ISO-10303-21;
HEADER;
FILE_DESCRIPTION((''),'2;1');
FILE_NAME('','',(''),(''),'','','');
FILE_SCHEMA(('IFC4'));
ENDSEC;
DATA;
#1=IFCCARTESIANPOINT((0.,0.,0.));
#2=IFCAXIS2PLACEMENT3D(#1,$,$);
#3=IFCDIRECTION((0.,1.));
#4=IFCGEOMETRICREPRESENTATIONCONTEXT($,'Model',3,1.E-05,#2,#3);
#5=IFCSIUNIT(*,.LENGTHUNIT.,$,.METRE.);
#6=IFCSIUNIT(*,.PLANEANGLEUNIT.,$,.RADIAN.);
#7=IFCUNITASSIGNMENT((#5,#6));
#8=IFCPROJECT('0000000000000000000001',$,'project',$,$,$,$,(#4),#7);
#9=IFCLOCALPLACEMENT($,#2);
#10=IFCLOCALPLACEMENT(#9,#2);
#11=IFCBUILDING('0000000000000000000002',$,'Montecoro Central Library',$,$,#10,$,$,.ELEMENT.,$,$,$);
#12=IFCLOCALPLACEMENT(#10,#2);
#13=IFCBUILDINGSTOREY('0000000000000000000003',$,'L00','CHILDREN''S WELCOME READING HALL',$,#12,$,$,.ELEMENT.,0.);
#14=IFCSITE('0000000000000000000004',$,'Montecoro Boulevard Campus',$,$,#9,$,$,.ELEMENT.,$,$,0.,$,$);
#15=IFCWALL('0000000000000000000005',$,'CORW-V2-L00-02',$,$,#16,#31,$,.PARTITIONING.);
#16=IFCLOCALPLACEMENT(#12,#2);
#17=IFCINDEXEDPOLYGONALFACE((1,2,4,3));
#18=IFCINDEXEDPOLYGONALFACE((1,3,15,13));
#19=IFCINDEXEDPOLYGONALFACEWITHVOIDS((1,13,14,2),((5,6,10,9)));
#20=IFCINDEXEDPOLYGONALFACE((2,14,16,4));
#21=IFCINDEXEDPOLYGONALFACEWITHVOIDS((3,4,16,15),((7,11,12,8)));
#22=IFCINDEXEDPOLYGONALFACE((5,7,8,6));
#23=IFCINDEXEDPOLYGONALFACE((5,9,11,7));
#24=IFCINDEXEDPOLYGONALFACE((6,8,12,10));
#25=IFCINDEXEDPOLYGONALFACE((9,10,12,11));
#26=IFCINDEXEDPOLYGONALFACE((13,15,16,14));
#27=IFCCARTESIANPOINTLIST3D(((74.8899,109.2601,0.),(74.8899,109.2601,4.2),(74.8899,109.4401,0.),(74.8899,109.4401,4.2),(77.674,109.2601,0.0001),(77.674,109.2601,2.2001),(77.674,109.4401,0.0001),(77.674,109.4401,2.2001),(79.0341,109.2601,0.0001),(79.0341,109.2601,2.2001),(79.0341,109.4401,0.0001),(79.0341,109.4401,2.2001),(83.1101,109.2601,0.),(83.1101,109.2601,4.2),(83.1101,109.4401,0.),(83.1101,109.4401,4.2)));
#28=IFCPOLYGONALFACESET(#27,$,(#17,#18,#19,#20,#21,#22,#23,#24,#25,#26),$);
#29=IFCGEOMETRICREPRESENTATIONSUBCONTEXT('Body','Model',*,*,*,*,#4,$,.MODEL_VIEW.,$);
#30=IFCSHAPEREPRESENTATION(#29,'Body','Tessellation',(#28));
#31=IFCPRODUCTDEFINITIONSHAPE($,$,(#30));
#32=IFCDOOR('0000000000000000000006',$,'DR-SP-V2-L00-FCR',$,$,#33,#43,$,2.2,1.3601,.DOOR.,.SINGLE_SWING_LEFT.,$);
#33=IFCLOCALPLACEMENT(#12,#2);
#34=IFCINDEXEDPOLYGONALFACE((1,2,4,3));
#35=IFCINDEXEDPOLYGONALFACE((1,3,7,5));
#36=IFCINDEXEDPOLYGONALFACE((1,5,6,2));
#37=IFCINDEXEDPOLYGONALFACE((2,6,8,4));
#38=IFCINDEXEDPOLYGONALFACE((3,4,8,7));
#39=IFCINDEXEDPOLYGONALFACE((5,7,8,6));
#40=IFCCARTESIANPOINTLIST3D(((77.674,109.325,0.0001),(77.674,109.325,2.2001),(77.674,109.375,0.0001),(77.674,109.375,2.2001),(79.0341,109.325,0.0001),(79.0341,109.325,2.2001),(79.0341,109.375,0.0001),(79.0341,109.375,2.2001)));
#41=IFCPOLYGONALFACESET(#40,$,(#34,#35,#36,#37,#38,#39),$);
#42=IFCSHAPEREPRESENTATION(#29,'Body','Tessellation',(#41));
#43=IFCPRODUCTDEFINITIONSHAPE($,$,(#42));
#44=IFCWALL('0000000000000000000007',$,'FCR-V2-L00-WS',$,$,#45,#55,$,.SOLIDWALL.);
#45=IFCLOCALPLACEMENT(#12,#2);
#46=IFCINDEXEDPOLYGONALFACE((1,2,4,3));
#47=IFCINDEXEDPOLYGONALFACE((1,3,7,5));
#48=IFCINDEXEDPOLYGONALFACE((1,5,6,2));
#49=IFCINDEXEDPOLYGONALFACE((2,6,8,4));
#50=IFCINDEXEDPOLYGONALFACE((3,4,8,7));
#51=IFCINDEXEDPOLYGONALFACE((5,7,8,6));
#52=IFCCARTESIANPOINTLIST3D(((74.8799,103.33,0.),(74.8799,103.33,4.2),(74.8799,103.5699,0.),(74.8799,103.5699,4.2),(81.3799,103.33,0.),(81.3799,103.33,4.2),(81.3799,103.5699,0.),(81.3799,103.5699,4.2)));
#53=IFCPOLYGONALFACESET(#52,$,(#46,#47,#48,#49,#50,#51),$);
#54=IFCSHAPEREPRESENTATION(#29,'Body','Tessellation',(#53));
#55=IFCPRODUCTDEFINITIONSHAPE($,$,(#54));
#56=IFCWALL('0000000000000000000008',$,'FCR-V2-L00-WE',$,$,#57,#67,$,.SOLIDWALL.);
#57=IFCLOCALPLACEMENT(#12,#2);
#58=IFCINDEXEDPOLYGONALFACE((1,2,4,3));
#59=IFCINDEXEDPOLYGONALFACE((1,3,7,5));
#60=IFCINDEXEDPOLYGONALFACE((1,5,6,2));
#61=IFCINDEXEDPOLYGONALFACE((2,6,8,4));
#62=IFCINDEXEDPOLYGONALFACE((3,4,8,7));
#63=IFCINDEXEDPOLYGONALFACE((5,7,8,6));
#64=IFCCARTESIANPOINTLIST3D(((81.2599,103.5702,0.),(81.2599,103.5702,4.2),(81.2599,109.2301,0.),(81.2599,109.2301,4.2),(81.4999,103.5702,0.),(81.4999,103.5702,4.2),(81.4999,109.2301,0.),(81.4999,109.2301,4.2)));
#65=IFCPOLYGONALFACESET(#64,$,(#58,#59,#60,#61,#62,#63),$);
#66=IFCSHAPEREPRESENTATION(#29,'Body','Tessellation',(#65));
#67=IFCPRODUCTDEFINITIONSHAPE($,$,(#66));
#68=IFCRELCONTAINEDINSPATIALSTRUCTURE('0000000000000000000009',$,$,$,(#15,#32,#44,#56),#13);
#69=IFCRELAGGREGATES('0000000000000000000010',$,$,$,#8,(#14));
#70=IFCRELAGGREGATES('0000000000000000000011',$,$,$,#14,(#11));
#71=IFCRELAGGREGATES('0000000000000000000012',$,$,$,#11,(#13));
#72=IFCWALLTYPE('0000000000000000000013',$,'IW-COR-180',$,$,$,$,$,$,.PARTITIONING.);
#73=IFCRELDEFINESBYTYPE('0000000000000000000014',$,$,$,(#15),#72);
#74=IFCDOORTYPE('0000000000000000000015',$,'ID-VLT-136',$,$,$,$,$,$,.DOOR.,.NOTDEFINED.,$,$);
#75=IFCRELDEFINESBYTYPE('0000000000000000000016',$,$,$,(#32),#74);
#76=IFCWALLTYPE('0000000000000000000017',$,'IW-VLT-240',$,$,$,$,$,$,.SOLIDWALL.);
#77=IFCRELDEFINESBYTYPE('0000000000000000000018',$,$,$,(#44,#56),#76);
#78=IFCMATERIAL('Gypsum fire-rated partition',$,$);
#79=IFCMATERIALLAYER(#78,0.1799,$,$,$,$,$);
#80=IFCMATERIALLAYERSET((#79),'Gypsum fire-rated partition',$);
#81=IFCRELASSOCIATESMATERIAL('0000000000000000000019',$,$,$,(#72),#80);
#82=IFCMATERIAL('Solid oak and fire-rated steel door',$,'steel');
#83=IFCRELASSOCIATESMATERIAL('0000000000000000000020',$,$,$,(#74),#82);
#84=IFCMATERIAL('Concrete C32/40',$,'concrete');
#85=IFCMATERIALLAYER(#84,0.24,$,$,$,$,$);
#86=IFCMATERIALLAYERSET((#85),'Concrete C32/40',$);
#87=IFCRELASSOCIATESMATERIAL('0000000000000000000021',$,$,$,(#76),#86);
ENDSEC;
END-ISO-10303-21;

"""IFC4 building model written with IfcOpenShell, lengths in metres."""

from ifc_helpers import new_model, si_unit, direction, frame, frame_2d, origin, place, context, subcontext, project, spatial, rectangle, extrude, material, layer, layer_set, type_object, element, fill, save


model = new_model("IFC4")

# Units and contexts
model_context = context("Model", 3, precision=1e-05, world=origin(), true_north=direction((0.0, 1.0)))
body_context = subcontext(model_context, "Body", "Model", "MODEL_VIEW")
ifc_project = project(units=[si_unit("LENGTHUNIT", "METRE"), si_unit("PLANEANGLEUNIT", "RADIAN")], contexts=[model_context])

# Site, building, storey
site_placement = place(None, origin())
site = spatial("IfcSite", under=ifc_project, at=site_placement, Name="Montecoro Boulevard Campus", CompositionType="ELEMENT", RefElevation=0.0)
building_placement = place(site_placement, origin())
building = spatial("IfcBuilding", under=site, at=building_placement, Name="Montecoro Central Library", CompositionType="ELEMENT")
storey_placement = place(building_placement, origin())
storey = spatial("IfcBuildingStorey", under=building, at=storey_placement, Name="L00", Description="CHILDREN'S WELCOME READING HALL", CompositionType="ELEMENT", Elevation=0.0)

# Wall, opening, door
ifc_material_1 = material(Name="Gypsum fire-rated partition")
ifc_layer_1 = layer(ifc_material_1, 0.1799)
ifc_layer_set_1 = layer_set([ifc_layer_1], Name="Gypsum fire-rated partition")
wall_type_1 = type_object("IfcWallType", Name="IW-COR-180", PredefinedType="PARTITIONING", material=ifc_layer_set_1)
wall_1_placement = place(storey_placement, frame((74.8899, 109.3501, 0.0), z_axis=(0.0, 0.0, 1.0), x_axis=(1.0, 0.0, 0.0)))
wall_1 = element("IfcWall", 1, at=wall_1_placement, inside=storey, type_object=wall_type_1, Name="CORW-V2-L00-02", PredefinedType="PARTITIONING", context=body_context, shape_type="SweptSolid", body=[
    extrude(rectangle(XDim=8.2202, YDim=0.1799, at=frame_2d((4.1101, 0.0))), origin(), (0.0, 0.0, 1.0), 4.2),
])
opening_placement = place(wall_1_placement, frame((2.7839, 0.0, 0.0)))
opening = element("IfcOpeningElement", 2, at=opening_placement, cuts=wall_1, PredefinedType="OPENING", context=body_context, shape_type="SweptSolid", body=[
    extrude(rectangle(XDim=1.3601, YDim=2.2, at=frame_2d((0.6802, 1.1001))), frame((0.0, 0.0999, 0.0), z_axis=(0.0, -1.0, 0.0), x_axis=(1.0, 0.0, 0.0)), (0.0, 0.0, 1.0), 0.2),
])
ifc_material_2 = material(Name="Solid oak and fire-rated steel door", Category="steel")
door_type = type_object("IfcDoorType", Name="ID-VLT-136", OperationType="NOTDEFINED", PredefinedType="DOOR", material=ifc_material_2)
door_placement = place(opening_placement, origin())
door = element("IfcDoor", 3, at=door_placement, inside=storey, type_object=door_type, Name="DR-SP-V2-L00-FCR", OperationType="SINGLE_SWING_LEFT", OverallHeight=2.2, OverallWidth=1.3601, PredefinedType="DOOR", context=body_context, shape_type="SweptSolid", body=[
    extrude(rectangle(XDim=1.3601, YDim=2.2, at=frame_2d((0.6802, 1.1001))), frame((0.0, 0.0249, 0.0), z_axis=(0.0, -1.0, 0.0), x_axis=(1.0, 0.0, 0.0)), (0.0, 0.0, 1.0), 0.05),
])
fill(opening, door)

# Walls
ifc_material_3 = material(Name="Concrete C32/40", Category="concrete")
ifc_layer_2 = layer(ifc_material_3, 0.24)
ifc_layer_set_2 = layer_set([ifc_layer_2], Name="Concrete C32/40")
wall_type_2 = type_object("IfcWallType", Name="IW-VLT-240", PredefinedType="SOLIDWALL", material=ifc_layer_set_2)
wall_2_placement = place(storey_placement, frame((74.8799, 103.45, 0.0), z_axis=(0.0, 0.0, 1.0), x_axis=(1.0, 0.0, 0.0)))
element("IfcWall", 4, at=wall_2_placement, inside=storey, type_object=wall_type_2, Name="FCR-V2-L00-WS", PredefinedType="SOLIDWALL", context=body_context, shape_type="SweptSolid", body=[
    extrude(rectangle(XDim=6.5, YDim=0.24, at=frame_2d((3.25, 0.0))), origin(), (0.0, 0.0, 1.0), 4.2),
])
wall_3_placement = place(storey_placement, frame((81.3799, 103.5701, 0.0), z_axis=(0.0, 0.0, 1.0), x_axis=(0.0, 1.0, 0.0)))
element("IfcWall", 5, at=wall_3_placement, inside=storey, type_object=wall_type_2, Name="FCR-V2-L00-WE", PredefinedType="SOLIDWALL", context=body_context, shape_type="SweptSolid", body=[
    extrude(rectangle(XDim=5.6599, YDim=0.24, at=frame_2d((2.8301, 0.0))), origin(), (0.0, 0.0, 1.0), 4.2),
])

save(model, "model.ifc")
